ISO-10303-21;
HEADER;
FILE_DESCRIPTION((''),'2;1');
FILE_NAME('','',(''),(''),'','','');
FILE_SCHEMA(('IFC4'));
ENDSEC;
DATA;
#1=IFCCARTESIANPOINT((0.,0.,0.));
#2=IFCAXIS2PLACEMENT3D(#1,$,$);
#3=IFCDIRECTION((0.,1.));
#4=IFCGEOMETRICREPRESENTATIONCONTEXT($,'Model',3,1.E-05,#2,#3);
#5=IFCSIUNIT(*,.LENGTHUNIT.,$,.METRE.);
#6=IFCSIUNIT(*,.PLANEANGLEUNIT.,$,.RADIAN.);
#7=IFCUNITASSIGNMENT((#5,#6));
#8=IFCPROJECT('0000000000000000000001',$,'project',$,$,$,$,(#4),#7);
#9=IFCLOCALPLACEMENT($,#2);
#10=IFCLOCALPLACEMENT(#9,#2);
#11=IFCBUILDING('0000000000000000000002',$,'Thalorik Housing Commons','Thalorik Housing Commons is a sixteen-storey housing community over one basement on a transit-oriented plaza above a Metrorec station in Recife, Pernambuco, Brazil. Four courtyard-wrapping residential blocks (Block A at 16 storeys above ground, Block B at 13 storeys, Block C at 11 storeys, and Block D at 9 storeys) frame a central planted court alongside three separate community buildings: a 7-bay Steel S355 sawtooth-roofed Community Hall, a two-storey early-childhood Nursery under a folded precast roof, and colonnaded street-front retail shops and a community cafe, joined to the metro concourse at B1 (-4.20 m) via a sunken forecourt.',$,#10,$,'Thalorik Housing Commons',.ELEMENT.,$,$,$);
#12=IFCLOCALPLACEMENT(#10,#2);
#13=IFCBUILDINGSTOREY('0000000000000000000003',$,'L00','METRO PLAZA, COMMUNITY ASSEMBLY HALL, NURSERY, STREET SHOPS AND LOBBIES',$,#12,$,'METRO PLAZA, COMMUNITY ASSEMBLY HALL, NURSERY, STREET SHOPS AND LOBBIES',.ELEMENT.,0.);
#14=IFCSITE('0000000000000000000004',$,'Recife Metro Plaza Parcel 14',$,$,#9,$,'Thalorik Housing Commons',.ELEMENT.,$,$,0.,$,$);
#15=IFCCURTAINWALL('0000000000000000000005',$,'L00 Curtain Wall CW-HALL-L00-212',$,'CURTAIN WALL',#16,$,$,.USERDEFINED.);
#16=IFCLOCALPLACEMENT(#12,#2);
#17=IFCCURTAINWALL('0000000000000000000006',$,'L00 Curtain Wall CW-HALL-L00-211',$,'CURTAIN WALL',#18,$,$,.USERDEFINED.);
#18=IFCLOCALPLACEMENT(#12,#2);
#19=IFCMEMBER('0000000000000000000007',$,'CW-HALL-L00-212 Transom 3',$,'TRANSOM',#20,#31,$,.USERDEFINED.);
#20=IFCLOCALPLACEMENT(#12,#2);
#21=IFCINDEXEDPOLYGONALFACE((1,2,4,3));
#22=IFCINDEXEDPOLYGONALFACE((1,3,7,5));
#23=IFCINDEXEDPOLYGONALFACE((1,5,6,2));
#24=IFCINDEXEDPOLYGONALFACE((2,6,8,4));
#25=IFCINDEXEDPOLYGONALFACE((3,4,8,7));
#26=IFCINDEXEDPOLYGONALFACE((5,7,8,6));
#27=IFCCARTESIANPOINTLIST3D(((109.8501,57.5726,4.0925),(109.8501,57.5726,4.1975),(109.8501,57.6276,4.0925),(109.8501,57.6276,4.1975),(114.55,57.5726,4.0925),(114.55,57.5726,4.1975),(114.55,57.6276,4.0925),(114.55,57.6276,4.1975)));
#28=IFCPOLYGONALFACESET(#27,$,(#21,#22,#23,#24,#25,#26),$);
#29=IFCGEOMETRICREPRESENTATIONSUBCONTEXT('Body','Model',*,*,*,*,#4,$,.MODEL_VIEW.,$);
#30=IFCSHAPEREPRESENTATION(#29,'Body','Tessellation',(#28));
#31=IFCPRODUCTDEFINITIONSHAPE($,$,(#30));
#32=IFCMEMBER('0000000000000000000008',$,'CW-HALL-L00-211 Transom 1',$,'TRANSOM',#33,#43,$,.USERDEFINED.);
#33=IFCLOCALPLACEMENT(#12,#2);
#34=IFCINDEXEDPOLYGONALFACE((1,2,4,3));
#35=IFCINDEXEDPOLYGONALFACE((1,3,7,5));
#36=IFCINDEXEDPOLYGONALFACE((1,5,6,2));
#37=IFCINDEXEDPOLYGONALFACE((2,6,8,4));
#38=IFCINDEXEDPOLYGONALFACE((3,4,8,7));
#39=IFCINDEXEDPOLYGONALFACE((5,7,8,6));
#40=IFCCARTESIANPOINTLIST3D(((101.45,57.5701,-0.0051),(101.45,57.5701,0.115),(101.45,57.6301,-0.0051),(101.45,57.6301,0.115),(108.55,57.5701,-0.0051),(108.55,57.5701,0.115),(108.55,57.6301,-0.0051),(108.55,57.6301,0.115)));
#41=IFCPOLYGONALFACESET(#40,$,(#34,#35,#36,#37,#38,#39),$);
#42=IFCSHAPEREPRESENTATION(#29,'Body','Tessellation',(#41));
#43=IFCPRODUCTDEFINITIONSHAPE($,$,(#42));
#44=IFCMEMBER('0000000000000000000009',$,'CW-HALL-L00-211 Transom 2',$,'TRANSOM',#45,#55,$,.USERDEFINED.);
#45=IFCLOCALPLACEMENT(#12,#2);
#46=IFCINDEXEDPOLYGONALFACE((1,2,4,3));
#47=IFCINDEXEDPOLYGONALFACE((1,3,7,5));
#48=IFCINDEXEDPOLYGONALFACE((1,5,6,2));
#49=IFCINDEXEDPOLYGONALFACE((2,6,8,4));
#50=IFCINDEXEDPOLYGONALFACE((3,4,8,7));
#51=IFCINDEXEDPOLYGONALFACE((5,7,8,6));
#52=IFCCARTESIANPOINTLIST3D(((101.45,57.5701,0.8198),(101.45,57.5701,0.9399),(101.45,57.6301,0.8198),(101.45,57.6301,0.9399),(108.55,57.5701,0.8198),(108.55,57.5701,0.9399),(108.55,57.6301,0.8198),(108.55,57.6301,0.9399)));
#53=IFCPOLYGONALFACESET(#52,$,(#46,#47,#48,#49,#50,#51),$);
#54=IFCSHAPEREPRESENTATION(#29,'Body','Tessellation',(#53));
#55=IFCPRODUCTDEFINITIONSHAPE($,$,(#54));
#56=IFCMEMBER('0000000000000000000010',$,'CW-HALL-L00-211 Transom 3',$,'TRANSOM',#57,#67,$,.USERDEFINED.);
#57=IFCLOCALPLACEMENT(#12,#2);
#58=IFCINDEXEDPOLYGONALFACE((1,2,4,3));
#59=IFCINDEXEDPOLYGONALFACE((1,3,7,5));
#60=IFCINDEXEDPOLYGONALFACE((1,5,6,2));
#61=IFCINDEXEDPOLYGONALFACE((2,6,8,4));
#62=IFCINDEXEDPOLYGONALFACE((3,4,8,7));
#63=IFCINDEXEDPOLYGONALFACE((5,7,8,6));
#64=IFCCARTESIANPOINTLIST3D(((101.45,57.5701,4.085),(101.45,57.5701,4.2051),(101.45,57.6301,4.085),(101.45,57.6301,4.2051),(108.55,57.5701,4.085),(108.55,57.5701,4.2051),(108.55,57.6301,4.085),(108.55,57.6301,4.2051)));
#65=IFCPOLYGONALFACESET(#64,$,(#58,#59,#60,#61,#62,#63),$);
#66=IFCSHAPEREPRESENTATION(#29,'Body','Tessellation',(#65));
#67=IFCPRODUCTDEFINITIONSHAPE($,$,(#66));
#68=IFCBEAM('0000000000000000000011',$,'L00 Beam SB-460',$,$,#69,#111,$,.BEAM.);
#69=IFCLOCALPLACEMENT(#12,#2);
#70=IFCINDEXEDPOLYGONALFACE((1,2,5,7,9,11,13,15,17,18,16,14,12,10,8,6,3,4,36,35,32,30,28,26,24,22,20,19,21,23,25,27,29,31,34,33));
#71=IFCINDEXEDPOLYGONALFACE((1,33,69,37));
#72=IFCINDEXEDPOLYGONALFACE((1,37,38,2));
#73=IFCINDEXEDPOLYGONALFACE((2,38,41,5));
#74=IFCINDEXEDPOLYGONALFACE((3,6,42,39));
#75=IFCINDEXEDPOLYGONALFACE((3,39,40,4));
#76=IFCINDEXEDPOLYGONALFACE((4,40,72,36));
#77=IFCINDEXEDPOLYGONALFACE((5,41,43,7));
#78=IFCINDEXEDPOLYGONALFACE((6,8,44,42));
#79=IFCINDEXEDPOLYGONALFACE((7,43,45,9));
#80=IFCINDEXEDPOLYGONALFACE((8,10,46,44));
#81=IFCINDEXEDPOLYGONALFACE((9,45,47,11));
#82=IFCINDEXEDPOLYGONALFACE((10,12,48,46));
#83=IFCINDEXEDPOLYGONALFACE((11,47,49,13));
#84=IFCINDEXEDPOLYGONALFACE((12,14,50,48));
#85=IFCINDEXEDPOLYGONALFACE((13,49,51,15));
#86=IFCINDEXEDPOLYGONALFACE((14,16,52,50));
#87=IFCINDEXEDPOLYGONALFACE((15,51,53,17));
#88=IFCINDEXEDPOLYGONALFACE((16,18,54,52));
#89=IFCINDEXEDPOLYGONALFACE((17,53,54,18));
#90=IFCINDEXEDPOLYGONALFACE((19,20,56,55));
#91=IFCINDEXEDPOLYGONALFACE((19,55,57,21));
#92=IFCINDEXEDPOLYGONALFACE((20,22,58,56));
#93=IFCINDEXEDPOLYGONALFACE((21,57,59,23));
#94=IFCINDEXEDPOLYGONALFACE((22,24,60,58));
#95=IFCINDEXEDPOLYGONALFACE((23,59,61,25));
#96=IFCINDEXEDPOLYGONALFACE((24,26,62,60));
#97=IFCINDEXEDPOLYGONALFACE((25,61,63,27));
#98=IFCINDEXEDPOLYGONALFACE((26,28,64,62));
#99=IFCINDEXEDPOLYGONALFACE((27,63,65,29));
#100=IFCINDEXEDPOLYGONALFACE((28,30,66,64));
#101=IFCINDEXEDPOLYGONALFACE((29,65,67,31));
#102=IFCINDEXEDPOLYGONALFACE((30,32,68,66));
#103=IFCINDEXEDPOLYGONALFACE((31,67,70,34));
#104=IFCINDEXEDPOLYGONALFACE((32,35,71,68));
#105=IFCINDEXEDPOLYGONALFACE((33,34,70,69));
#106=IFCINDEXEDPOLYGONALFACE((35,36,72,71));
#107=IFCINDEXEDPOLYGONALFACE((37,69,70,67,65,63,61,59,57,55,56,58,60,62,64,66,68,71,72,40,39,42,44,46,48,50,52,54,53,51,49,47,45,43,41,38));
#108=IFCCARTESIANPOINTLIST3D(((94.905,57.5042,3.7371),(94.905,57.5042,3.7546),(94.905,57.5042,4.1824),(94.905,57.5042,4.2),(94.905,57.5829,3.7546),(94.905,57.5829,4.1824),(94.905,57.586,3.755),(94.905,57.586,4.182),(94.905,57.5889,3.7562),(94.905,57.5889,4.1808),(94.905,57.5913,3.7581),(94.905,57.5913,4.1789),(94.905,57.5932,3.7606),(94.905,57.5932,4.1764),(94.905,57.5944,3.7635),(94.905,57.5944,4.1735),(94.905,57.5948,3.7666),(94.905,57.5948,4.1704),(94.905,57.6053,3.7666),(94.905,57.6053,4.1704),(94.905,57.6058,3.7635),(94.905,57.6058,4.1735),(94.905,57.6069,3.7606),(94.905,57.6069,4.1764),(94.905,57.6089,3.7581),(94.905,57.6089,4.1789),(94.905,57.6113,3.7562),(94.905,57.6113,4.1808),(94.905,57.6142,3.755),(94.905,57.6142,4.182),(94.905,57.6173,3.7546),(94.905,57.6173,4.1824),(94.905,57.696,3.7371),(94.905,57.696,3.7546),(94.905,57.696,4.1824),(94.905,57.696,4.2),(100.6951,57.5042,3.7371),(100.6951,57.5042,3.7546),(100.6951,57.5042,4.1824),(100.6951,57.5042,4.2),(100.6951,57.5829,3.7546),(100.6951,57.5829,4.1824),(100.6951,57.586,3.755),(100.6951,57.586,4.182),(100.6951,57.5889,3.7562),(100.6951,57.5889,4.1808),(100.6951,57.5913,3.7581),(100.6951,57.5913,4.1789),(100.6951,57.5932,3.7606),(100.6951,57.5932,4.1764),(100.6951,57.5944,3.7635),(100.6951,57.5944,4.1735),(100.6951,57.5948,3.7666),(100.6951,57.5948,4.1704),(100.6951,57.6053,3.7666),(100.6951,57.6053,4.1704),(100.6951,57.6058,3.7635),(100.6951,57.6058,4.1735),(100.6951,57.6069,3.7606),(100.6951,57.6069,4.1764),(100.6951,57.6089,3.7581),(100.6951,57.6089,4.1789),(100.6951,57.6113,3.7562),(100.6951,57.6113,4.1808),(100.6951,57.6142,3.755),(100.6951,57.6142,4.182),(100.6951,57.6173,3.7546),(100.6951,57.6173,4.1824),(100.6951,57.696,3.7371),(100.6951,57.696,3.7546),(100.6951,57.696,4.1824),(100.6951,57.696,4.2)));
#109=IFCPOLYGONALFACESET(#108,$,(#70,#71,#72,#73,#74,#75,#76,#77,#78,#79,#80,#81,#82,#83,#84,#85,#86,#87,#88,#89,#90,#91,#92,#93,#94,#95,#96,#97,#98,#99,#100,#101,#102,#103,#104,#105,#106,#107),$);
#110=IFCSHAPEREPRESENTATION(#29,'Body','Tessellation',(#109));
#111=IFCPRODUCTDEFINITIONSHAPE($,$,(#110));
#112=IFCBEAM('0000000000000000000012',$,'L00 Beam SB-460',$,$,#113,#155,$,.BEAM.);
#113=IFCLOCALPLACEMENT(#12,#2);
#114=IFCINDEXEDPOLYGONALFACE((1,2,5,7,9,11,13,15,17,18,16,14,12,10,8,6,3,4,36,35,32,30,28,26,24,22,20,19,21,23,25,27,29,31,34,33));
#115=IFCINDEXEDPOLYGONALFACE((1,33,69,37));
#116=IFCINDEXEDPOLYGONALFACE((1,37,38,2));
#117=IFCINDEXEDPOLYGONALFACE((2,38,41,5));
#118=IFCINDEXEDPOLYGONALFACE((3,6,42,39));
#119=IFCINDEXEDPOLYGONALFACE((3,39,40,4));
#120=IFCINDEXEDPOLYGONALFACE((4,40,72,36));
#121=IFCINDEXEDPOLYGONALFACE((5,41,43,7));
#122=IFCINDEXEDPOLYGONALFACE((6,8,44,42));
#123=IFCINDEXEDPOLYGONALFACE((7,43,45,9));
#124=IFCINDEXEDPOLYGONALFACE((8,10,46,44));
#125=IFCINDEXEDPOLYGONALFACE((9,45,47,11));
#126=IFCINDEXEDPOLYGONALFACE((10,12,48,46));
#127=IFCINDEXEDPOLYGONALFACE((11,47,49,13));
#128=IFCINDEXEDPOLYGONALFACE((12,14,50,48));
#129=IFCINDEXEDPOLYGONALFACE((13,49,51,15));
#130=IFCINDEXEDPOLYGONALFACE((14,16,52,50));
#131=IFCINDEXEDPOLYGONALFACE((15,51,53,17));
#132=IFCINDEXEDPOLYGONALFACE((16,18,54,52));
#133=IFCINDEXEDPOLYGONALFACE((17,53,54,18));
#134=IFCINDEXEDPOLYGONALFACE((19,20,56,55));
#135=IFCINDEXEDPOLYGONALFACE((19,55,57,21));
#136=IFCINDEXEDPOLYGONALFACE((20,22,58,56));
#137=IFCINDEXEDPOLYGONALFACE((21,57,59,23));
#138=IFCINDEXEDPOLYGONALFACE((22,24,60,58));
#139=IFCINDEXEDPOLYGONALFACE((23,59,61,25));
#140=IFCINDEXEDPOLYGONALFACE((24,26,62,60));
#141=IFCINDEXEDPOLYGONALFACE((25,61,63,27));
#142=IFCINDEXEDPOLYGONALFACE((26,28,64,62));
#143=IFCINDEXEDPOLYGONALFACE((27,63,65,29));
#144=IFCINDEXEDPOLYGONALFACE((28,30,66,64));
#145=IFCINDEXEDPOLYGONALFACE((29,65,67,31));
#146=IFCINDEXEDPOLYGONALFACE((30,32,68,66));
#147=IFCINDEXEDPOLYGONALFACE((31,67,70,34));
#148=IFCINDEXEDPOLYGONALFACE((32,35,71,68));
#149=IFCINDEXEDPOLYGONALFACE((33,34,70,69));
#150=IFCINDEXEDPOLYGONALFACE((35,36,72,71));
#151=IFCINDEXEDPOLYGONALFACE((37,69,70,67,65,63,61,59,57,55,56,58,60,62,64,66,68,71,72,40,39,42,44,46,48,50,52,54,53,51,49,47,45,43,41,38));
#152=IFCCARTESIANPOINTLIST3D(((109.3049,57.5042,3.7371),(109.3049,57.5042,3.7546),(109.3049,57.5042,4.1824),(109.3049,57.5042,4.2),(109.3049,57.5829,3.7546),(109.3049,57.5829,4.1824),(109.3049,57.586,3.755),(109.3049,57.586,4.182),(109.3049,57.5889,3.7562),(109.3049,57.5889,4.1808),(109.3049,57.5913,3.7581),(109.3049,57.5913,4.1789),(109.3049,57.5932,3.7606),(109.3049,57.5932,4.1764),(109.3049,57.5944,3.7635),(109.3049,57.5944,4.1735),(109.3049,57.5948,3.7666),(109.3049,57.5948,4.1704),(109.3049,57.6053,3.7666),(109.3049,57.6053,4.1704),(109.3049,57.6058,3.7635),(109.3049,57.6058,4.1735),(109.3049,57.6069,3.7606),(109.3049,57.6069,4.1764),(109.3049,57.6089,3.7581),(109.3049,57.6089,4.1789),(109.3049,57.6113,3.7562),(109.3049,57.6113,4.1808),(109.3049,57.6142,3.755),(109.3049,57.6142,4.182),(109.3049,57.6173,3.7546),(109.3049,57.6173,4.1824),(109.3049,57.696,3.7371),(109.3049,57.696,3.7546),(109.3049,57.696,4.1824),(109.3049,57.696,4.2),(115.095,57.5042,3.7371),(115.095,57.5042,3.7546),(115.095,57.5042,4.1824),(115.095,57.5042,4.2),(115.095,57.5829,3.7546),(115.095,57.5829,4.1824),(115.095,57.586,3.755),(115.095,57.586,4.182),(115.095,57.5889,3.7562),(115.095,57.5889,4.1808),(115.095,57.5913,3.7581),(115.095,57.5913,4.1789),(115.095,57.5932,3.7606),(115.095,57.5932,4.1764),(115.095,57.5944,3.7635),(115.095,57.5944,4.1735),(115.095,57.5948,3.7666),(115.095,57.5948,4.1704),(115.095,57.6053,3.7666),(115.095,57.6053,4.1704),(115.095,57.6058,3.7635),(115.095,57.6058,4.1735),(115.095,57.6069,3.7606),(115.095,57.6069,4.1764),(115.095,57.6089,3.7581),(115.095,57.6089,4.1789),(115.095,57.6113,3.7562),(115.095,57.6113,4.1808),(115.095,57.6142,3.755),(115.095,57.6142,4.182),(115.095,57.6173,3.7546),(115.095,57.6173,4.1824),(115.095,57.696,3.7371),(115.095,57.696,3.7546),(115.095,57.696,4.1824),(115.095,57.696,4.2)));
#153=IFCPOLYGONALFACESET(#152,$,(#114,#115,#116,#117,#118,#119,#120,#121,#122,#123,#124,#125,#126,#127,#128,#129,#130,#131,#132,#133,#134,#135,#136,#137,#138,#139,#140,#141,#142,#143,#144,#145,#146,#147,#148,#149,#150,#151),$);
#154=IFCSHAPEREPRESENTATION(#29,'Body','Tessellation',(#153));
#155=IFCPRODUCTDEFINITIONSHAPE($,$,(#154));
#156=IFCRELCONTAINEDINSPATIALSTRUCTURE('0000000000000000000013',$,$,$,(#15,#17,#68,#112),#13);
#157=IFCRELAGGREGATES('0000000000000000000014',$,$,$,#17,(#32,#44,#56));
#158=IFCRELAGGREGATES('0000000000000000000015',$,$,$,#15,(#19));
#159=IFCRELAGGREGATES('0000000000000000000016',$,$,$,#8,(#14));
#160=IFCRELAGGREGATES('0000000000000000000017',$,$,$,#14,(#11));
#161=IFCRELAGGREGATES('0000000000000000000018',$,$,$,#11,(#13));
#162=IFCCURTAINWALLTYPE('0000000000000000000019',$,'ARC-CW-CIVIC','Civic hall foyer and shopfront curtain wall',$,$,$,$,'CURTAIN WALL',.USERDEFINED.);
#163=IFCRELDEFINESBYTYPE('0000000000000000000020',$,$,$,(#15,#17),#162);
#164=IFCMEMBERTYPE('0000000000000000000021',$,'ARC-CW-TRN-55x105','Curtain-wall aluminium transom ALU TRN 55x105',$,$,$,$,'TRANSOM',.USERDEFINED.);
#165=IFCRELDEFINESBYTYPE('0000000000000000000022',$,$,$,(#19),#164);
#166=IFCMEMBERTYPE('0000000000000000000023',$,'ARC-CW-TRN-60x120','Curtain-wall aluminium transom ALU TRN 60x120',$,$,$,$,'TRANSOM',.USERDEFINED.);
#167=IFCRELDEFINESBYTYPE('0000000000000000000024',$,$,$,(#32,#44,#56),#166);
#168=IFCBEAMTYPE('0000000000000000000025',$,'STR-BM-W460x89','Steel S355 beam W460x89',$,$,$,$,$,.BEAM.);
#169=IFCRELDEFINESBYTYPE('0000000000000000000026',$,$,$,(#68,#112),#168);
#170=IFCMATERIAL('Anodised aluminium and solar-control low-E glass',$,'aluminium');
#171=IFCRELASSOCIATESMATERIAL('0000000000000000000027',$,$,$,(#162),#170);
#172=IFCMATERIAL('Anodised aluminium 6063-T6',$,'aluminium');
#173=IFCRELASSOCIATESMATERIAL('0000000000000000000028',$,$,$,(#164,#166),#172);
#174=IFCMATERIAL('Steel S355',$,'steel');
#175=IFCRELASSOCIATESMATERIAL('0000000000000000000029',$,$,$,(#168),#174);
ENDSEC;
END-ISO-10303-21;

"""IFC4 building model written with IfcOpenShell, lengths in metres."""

from ifc_helpers import new_model, si_unit, direction, frame, origin, origin_2d, place, context, subcontext, project, spatial, rectangle, i_section, extrude, material, material_profile, profile_set, type_object, element, aggregate, save


model = new_model("IFC4")

# Units and contexts
model_context = context("Model", 3, precision=1e-05, world=origin(), true_north=direction((0.0, 1.0)))
body_context = subcontext(model_context, "Body", "Model", "MODEL_VIEW")
ifc_project = project(units=[si_unit("LENGTHUNIT", "METRE"), si_unit("PLANEANGLEUNIT", "RADIAN")], contexts=[model_context])

# Site, building, storey
site_placement = place(None, origin())
site = spatial("IfcSite", under=ifc_project, at=site_placement, Name="Recife Metro Plaza Parcel 14", LongName="Thalorik Housing Commons", CompositionType="ELEMENT", RefElevation=0.0)
building_placement = place(site_placement, origin())
building = spatial("IfcBuilding", under=site, at=building_placement, Name="Thalorik Housing Commons", Description="Thalorik Housing Commons is a sixteen-storey housing community over one basement on a transit-oriented plaza above a Metrorec station in Recife, Pernambuco, Brazil. Four courtyard-wrapping residential blocks (Block A at 16 storeys above ground, Block B at 13 storeys, Block C at 11 storeys, and Block D at 9 storeys) frame a central planted court alongside three separate community buildings: a 7-bay Steel S355 sawtooth-roofed Community Hall, a two-storey early-childhood Nursery under a folded precast roof, and colonnaded street-front retail shops and a community cafe, joined to the metro concourse at B1 (-4.20 m) via a sunken forecourt.", LongName="Thalorik Housing Commons", CompositionType="ELEMENT")
storey_placement = place(building_placement, origin())
storey = spatial("IfcBuildingStorey", under=building, at=storey_placement, Name="L00", Description="METRO PLAZA, COMMUNITY ASSEMBLY HALL, NURSERY, STREET SHOPS AND LOBBIES", LongName="METRO PLAZA, COMMUNITY ASSEMBLY HALL, NURSERY, STREET SHOPS AND LOBBIES", CompositionType="ELEMENT", Elevation=0.0)

# Shared definitions
ifc_material_1 = material(Name="Steel S355", Category="steel")

# Curtain walls
ifc_material_2 = material(Name="Anodised aluminium and solar-control low-E glass", Category="aluminium")
curtain_wall_type = type_object("IfcCurtainWallType", Name="ARC-CW-CIVIC", Description="Civic hall foyer and shopfront curtain wall", ElementType="CURTAIN WALL", PredefinedType="USERDEFINED", material=ifc_material_2)
curtain_wall_1_placement = place(storey_placement, origin())
curtain_wall_1 = element("IfcCurtainWall", 1, at=curtain_wall_1_placement, inside=storey, type_object=curtain_wall_type, Name="L00 Curtain Wall CW-HALL-L00-212", ObjectType="CURTAIN WALL", PredefinedType="USERDEFINED")
ifc_material_3 = material(Name="Anodised aluminium 6063-T6", Category="aluminium")
curtain_wall_2_placement = place(storey_placement, origin())
curtain_wall_2 = element("IfcCurtainWall", 2, at=curtain_wall_2_placement, inside=storey, type_object=curtain_wall_type, Name="L00 Curtain Wall CW-HALL-L00-211", ObjectType="CURTAIN WALL", PredefinedType="USERDEFINED")

# Members
ifc_material_profile_1 = material_profile(ifc_material_3, rectangle(XDim=0.0549, YDim=0.105, at=origin_2d()), Name="ALU TRN 55x105", Category="aluminium")
ifc_profile_set_1 = profile_set([ifc_material_profile_1], Name="Anodised aluminium 6063-T6")
member_type_1 = type_object("IfcMemberType", Name="ARC-CW-TRN-55x105", Description="Curtain-wall aluminium transom ALU TRN 55x105", ElementType="TRANSOM", PredefinedType="USERDEFINED", material=ifc_profile_set_1)
member_1_placement = place(storey_placement, frame((109.8501, 57.6001, 4.145), z_axis=(1.0, 0.0, 0.0), x_axis=(0.0, 1.0, 0.0)))
member_1 = element("IfcMember", 3, at=member_1_placement, type_object=member_type_1, Name="CW-HALL-L00-212 Transom 3", ObjectType="TRANSOM", PredefinedType="USERDEFINED", context=body_context, shape_type="SweptSolid", body=[
    extrude(rectangle(XDim=0.0549, YDim=0.105, at=origin_2d()), origin(), (0.0, 0.0, 1.0), 4.7),
])
ifc_material_profile_2 = material_profile(ifc_material_3, rectangle(XDim=0.0601, YDim=0.1201, at=origin_2d()), Name="ALU TRN 60x120", Category="aluminium")
ifc_profile_set_2 = profile_set([ifc_material_profile_2], Name="Anodised aluminium 6063-T6")
member_type_2 = type_object("IfcMemberType", Name="ARC-CW-TRN-60x120", Description="Curtain-wall aluminium transom ALU TRN 60x120", ElementType="TRANSOM", PredefinedType="USERDEFINED", material=ifc_profile_set_2)
member_2_placement = place(storey_placement, frame((101.45, 57.6001, 0.0549), z_axis=(1.0, 0.0, 0.0), x_axis=(0.0, 1.0, 0.0)))
member_2 = element("IfcMember", 4, at=member_2_placement, type_object=member_type_2, Name="CW-HALL-L00-211 Transom 1", ObjectType="TRANSOM", PredefinedType="USERDEFINED", context=body_context, shape_type="SweptSolid", body=[
    extrude(rectangle(XDim=0.0601, YDim=0.1201, at=origin_2d()), origin(), (0.0, 0.0, 1.0), 7.1001),
])
member_3_placement = place(storey_placement, frame((101.45, 57.6001, 0.8799), z_axis=(1.0, 0.0, 0.0), x_axis=(0.0, 1.0, 0.0)))
member_3 = element("IfcMember", 5, at=member_3_placement, type_object=member_type_2, Name="CW-HALL-L00-211 Transom 2", ObjectType="TRANSOM", PredefinedType="USERDEFINED", context=body_context, shape_type="SweptSolid", body=[
    extrude(rectangle(XDim=0.0601, YDim=0.1201, at=origin_2d()), origin(), (0.0, 0.0, 1.0), 7.1001),
])
member_4_placement = place(storey_placement, frame((101.45, 57.6001, 4.145), z_axis=(1.0, 0.0, 0.0), x_axis=(0.0, 1.0, 0.0)))
member_4 = element("IfcMember", 6, at=member_4_placement, type_object=member_type_2, Name="CW-HALL-L00-211 Transom 3", ObjectType="TRANSOM", PredefinedType="USERDEFINED", context=body_context, shape_type="SweptSolid", body=[
    extrude(rectangle(XDim=0.0601, YDim=0.1201, at=origin_2d()), origin(), (0.0, 0.0, 1.0), 7.1001),
])

# Beams
ifc_material_profile_3 = material_profile(ifc_material_1, i_section(OverallWidth=0.1919, OverallDepth=0.4629, WebThickness=0.0105, FlangeThickness=0.0176, FilletRadius=0.012, at=origin_2d()), Name="W460x89", Category="steel")
ifc_profile_set_3 = profile_set([ifc_material_profile_3], Name="Steel S355")
beam_type_1 = type_object("IfcBeamType", Name="STR-BM-W460x89", Description="Steel S355 beam W460x89", PredefinedType="BEAM", material=ifc_profile_set_3)
for number, where, z_axis, x_axis, name in (
    (7, (94.905, 57.6001, 3.9685), (1.0, 0.0, 0.0), (0.0, 1.0, 0.0), "L00 Beam SB-460"),
    (8, (109.3049, 57.6001, 3.9685), (1.0, 0.0, 0.0), (0.0, 1.0, 0.0), "L00 Beam SB-460"),
):
    element("IfcBeam", number, at=place(storey_placement, frame(where, z_axis=z_axis, x_axis=x_axis)), inside=storey, type_object=beam_type_1, Name=name, PredefinedType="BEAM", context=body_context, shape_type="SweptSolid", body=[
        extrude(i_section(OverallWidth=0.1919, OverallDepth=0.4629, WebThickness=0.0105, FlangeThickness=0.0176, FilletRadius=0.012, at=origin_2d()), origin(), (0.0, 0.0, 1.0), 5.79),
    ])

aggregate(curtain_wall_2, [member_2, member_3, member_4])
aggregate(curtain_wall_1, [member_1])

save(model, "model.ifc")
